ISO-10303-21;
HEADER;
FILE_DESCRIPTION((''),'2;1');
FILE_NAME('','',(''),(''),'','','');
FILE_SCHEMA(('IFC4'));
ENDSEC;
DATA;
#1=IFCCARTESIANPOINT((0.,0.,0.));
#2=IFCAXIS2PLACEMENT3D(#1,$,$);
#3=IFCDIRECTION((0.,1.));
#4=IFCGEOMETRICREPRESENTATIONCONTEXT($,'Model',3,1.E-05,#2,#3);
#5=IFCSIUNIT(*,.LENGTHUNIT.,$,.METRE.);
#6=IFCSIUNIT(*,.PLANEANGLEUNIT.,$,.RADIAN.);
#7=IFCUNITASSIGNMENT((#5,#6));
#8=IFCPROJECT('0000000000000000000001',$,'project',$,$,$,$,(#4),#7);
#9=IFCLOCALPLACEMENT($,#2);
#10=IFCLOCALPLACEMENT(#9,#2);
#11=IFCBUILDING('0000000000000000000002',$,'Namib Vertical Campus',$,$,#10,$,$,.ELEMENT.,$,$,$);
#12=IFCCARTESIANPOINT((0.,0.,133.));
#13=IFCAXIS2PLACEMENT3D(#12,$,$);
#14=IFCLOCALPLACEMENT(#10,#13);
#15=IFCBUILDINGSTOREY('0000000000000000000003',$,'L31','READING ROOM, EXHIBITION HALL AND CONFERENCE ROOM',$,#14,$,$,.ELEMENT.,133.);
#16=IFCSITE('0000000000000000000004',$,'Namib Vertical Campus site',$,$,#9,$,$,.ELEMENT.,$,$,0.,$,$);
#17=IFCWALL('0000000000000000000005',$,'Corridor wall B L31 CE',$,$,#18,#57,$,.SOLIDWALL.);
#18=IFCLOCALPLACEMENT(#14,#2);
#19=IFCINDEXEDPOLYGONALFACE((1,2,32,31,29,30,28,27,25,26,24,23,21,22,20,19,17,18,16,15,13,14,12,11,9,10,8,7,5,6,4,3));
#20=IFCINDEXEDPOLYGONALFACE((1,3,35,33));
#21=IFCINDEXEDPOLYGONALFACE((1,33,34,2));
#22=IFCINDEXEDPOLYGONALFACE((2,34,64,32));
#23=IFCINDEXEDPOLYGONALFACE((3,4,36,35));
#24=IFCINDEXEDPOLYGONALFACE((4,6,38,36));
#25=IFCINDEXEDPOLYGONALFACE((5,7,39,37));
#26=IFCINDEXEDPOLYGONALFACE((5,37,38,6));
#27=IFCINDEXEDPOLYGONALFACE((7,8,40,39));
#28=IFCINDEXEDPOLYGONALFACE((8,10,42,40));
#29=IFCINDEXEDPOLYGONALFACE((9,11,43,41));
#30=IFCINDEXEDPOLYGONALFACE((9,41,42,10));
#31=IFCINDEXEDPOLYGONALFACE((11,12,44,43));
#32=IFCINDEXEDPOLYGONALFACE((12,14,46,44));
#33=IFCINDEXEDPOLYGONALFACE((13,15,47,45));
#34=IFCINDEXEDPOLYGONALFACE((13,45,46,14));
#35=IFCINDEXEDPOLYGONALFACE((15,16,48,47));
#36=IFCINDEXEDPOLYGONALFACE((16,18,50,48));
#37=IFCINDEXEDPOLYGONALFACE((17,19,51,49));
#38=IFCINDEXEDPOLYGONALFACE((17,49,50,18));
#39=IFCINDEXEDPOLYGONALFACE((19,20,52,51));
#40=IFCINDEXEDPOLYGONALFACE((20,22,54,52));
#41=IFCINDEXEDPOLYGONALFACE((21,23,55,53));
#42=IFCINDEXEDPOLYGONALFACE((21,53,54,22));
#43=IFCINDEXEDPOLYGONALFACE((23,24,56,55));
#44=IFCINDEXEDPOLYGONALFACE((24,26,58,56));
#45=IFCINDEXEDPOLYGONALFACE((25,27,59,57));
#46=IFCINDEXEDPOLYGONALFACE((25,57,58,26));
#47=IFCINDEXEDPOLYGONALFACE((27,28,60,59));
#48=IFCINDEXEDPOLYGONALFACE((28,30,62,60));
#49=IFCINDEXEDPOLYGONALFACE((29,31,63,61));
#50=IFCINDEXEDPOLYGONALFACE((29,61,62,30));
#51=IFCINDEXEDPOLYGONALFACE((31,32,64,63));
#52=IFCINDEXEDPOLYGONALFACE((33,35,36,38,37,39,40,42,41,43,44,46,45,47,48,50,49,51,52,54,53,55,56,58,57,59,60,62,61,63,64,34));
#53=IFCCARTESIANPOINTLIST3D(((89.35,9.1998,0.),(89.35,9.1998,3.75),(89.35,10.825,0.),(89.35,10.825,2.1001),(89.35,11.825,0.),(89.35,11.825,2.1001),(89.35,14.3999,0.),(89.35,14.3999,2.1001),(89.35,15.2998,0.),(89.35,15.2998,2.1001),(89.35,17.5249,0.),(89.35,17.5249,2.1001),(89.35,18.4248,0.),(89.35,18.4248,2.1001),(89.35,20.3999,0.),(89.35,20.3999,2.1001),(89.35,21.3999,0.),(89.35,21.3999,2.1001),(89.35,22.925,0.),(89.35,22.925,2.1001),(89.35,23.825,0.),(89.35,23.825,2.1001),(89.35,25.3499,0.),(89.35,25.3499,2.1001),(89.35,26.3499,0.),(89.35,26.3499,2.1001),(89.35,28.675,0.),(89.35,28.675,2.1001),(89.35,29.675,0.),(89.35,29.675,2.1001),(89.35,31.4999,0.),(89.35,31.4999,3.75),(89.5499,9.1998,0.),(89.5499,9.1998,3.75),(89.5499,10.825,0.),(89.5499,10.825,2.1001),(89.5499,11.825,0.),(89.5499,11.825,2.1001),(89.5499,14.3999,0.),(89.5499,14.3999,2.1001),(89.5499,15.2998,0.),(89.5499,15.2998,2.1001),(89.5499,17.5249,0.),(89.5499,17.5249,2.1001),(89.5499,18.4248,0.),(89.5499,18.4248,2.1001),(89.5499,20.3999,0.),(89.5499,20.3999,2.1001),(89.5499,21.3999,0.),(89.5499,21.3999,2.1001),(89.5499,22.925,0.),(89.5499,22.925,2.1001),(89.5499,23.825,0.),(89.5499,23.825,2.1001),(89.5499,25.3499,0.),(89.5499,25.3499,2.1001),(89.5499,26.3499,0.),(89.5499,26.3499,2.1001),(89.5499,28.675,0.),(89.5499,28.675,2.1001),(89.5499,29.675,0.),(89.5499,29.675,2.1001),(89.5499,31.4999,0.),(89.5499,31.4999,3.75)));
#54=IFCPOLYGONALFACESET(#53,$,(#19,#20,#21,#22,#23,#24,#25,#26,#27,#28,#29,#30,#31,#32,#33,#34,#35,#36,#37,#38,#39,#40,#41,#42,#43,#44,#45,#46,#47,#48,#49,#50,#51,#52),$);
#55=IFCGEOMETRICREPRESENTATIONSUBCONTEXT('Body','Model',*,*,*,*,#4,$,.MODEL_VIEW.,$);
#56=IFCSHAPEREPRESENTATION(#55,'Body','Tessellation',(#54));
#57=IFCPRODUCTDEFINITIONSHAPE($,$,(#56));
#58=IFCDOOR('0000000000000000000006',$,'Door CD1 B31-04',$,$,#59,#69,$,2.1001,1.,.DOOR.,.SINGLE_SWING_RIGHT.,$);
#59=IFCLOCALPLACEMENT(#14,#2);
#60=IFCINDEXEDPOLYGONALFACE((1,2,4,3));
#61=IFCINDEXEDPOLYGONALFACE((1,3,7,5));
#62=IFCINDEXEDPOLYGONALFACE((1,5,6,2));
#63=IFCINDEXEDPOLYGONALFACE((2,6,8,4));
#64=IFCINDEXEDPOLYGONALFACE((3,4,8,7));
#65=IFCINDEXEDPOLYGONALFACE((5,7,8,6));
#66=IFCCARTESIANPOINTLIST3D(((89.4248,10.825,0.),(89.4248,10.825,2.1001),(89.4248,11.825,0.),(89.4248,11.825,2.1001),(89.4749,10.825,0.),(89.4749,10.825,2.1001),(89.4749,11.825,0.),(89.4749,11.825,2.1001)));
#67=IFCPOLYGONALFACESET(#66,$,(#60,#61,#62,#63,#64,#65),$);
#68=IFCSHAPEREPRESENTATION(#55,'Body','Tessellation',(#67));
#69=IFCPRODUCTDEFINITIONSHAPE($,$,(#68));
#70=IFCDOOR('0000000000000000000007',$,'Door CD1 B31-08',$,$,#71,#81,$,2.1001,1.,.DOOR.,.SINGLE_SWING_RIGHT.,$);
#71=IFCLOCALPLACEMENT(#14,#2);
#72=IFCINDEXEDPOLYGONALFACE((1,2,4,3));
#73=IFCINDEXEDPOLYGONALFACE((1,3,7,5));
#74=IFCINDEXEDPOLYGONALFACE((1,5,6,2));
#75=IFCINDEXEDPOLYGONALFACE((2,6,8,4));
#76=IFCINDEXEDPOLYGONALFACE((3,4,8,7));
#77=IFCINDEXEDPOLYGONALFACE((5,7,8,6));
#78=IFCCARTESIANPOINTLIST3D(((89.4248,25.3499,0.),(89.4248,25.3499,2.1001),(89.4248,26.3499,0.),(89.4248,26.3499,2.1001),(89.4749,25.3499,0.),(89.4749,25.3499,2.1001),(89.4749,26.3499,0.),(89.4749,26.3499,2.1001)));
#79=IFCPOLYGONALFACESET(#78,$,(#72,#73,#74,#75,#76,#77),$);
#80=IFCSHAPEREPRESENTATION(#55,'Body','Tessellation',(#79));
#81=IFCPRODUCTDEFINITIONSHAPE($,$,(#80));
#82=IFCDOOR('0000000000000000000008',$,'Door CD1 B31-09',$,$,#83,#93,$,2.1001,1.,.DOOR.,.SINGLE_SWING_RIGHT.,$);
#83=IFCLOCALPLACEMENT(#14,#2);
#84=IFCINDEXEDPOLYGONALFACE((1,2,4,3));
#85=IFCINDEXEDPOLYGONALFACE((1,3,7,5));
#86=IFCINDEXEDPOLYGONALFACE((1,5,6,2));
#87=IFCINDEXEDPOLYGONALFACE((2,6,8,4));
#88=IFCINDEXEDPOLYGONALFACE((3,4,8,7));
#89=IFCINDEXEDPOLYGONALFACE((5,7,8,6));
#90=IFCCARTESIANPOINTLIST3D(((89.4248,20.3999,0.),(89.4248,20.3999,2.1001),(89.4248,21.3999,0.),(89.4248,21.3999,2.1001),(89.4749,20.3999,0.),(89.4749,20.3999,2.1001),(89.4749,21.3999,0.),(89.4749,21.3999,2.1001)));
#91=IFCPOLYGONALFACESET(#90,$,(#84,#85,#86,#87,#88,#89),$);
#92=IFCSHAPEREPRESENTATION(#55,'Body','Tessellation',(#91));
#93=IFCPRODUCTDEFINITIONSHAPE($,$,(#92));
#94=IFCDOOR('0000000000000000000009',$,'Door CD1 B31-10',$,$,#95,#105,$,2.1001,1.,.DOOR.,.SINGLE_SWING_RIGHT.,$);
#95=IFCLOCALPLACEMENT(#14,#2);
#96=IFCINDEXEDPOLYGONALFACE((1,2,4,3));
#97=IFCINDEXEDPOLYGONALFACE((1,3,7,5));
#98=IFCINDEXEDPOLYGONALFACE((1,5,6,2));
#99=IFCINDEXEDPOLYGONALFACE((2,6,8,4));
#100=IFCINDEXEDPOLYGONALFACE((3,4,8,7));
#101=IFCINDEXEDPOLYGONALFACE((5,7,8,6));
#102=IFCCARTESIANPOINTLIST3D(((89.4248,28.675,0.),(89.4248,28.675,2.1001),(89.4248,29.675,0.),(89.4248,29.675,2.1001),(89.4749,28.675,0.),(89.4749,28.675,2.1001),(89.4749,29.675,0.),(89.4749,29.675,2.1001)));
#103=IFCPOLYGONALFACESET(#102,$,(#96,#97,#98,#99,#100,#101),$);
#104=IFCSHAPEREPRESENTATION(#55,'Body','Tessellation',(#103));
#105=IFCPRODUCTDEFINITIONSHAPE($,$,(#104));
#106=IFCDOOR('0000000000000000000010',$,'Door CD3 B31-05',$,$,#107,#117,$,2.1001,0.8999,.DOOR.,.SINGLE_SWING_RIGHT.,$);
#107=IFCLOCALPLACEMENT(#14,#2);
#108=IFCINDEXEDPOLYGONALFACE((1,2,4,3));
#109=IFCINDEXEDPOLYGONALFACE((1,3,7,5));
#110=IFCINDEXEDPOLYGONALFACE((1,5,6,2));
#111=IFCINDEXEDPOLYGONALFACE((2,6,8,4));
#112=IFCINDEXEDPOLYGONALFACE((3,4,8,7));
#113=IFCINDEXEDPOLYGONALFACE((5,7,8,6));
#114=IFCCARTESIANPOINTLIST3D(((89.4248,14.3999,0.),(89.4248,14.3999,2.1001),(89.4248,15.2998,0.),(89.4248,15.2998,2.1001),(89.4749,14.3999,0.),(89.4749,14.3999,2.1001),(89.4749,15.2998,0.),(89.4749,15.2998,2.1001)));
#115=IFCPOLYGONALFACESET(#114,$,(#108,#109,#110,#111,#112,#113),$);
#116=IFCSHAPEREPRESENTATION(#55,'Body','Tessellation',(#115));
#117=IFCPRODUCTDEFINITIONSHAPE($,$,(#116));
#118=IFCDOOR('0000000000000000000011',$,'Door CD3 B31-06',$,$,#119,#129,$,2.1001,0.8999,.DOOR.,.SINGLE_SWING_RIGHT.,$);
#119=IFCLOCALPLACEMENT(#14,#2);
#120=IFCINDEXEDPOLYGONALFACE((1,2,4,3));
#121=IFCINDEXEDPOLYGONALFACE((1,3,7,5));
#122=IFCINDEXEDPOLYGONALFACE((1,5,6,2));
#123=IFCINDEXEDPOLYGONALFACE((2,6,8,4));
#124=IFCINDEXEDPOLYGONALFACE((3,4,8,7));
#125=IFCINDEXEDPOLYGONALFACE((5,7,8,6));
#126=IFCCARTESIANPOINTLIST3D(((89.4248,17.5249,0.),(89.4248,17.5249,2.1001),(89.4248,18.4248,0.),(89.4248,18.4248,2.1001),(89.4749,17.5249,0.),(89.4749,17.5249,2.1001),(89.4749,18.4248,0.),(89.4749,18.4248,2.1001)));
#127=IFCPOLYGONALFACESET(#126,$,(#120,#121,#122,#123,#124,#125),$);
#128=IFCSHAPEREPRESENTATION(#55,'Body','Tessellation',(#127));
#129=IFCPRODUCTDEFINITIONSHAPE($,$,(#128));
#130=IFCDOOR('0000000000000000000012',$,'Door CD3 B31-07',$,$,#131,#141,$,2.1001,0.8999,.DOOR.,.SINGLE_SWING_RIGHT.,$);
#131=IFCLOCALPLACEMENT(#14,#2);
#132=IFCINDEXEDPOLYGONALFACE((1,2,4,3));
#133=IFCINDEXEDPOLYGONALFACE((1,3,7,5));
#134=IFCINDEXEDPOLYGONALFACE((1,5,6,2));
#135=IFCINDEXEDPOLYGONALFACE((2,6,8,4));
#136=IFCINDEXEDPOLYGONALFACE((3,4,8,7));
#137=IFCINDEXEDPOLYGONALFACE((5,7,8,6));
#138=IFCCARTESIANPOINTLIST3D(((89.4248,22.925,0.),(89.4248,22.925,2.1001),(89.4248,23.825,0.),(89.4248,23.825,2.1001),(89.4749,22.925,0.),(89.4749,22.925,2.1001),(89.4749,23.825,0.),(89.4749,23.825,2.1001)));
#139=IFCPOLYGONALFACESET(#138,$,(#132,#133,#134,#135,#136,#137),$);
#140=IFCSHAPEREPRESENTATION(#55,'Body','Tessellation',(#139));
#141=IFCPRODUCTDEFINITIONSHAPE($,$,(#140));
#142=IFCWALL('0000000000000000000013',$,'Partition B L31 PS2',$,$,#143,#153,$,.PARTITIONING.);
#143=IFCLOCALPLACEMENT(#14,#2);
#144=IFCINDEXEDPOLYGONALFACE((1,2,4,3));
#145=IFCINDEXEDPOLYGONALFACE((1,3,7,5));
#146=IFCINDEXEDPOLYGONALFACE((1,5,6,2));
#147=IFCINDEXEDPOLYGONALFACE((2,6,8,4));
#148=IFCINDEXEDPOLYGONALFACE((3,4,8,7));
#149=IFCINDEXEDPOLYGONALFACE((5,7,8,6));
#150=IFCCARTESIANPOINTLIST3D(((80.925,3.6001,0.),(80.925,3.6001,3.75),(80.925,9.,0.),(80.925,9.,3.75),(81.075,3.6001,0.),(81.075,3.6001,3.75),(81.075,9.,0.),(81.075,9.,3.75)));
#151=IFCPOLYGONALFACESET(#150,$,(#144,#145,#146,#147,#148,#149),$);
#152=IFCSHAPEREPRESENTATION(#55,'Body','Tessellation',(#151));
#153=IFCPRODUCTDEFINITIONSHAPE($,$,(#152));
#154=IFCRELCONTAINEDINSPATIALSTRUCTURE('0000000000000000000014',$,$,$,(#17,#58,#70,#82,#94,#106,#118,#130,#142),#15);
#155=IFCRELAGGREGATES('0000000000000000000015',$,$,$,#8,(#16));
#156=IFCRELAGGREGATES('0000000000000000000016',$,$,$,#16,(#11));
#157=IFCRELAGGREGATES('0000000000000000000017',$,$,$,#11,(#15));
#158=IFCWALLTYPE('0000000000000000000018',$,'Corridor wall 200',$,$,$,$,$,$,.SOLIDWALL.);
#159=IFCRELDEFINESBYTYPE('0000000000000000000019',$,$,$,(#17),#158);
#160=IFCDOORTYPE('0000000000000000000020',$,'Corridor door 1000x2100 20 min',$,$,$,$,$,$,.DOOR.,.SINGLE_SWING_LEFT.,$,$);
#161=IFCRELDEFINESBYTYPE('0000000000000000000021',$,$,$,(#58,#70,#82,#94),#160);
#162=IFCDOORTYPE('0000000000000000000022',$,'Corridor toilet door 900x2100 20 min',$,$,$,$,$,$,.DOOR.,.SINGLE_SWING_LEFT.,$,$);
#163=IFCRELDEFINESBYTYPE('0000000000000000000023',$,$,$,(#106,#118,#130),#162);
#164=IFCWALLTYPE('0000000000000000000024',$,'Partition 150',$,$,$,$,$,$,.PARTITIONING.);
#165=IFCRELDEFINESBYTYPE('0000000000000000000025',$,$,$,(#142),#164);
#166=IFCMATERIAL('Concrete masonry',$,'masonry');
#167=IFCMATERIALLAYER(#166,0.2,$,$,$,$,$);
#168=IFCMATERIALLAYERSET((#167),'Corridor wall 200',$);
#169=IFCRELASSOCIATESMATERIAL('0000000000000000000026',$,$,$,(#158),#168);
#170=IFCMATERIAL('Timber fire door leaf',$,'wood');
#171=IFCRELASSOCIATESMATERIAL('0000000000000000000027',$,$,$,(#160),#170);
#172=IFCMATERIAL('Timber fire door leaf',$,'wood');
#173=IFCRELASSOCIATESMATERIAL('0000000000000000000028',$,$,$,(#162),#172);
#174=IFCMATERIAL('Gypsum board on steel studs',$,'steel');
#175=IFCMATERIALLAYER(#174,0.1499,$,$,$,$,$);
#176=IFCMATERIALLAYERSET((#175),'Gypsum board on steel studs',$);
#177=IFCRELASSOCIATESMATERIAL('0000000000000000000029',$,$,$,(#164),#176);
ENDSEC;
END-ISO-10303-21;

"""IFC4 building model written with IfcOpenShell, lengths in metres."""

from ifc_helpers import new_model, si_unit, direction, frame, frame_2d, origin, place, context, subcontext, project, spatial, rectangle, extrude, material, layer, layer_set, type_object, element, fill, save


model = new_model("IFC4")

# Units and contexts
model_context = context("Model", 3, precision=1e-05, world=origin(), true_north=direction((0.0, 1.0)))
body_context = subcontext(model_context, "Body", "Model", "MODEL_VIEW")
ifc_project = project(units=[si_unit("LENGTHUNIT", "METRE"), si_unit("PLANEANGLEUNIT", "RADIAN")], contexts=[model_context])

# Site, building, storey
site_placement = place(None, origin())
site = spatial("IfcSite", under=ifc_project, at=site_placement, Name="Namib Vertical Campus site", CompositionType="ELEMENT", RefElevation=0.0)
building_placement = place(site_placement, origin())
building = spatial("IfcBuilding", under=site, at=building_placement, Name="Namib Vertical Campus", CompositionType="ELEMENT")
storey_placement = place(building_placement, frame((0.0, 0.0, 133.0)))
storey = spatial("IfcBuildingStorey", under=building, at=storey_placement, Name="L31", Description="READING ROOM, EXHIBITION HALL AND CONFERENCE ROOM", CompositionType="ELEMENT", Elevation=133.0)

# Wall, openings, doors
ifc_material_1 = material(Name="Concrete masonry", Category="masonry")
ifc_layer_1 = layer(ifc_material_1, 0.2)
ifc_layer_set_1 = layer_set([ifc_layer_1], Name="Corridor wall 200")
wall_type_1 = type_object("IfcWallType", Name="Corridor wall 200", PredefinedType="SOLIDWALL", material=ifc_layer_set_1)
wall_1_placement = place(storey_placement, frame((89.45, 9.2, 0.0), z_axis=(0.0, 0.0, 1.0), x_axis=(0.0, 1.0, 0.0)))
wall_1 = element("IfcWall", 1, at=wall_1_placement, inside=storey, type_object=wall_type_1, Name="Corridor wall B L31 CE", PredefinedType="SOLIDWALL", context=body_context, shape_type="SweptSolid", body=[
    extrude(rectangle(XDim=22.3, YDim=0.2, at=frame_2d((11.1499, 0.0))), origin(), (0.0, 0.0, 1.0), 3.75),
])
opening_1_placement = place(wall_1_placement, frame((1.625, 0.0, 0.0)))
opening_1 = element("IfcOpeningElement", 2, at=opening_1_placement, cuts=wall_1, PredefinedType="OPENING", context=body_context, shape_type="SweptSolid", body=[
    extrude(rectangle(XDim=1.0, YDim=2.1001, at=frame_2d((0.5, 1.05))), frame((0.0, 0.1099, 0.0), z_axis=(0.0, -1.0, 0.0), x_axis=(1.0, 0.0, 0.0)), (0.0, 0.0, 1.0), 0.22),
])
opening_2_placement = place(wall_1_placement, frame((5.2, 0.0, 0.0)))
opening_2 = element("IfcOpeningElement", 3, at=opening_2_placement, cuts=wall_1, PredefinedType="OPENING", context=body_context, shape_type="SweptSolid", body=[
    extrude(rectangle(XDim=0.8999, YDim=2.1001, at=frame_2d((0.45, 1.05))), frame((0.0, 0.1099, 0.0), z_axis=(0.0, -1.0, 0.0), x_axis=(1.0, 0.0, 0.0)), (0.0, 0.0, 1.0), 0.22),
])
opening_3_placement = place(wall_1_placement, frame((8.325, 0.0, 0.0)))
opening_3 = element("IfcOpeningElement", 4, at=opening_3_placement, cuts=wall_1, PredefinedType="OPENING", context=body_context, shape_type="SweptSolid", body=[
    extrude(rectangle(XDim=0.8999, YDim=2.1001, at=frame_2d((0.45, 1.05))), frame((0.0, 0.1099, 0.0), z_axis=(0.0, -1.0, 0.0), x_axis=(1.0, 0.0, 0.0)), (0.0, 0.0, 1.0), 0.22),
])
opening_4_placement = place(wall_1_placement, frame((13.7251, 0.0, 0.0)))
opening_4 = element("IfcOpeningElement", 5, at=opening_4_placement, cuts=wall_1, PredefinedType="OPENING", context=body_context, shape_type="SweptSolid", body=[
    extrude(rectangle(XDim=0.8999, YDim=2.1001, at=frame_2d((0.45, 1.05))), frame((0.0, 0.1099, 0.0), z_axis=(0.0, -1.0, 0.0), x_axis=(1.0, 0.0, 0.0)), (0.0, 0.0, 1.0), 0.22),
])
opening_5_placement = place(wall_1_placement, frame((16.1499, 0.0, 0.0)))
opening_5 = element("IfcOpeningElement", 6, at=opening_5_placement, cuts=wall_1, PredefinedType="OPENING", context=body_context, shape_type="SweptSolid", body=[
    extrude(rectangle(XDim=1.0, YDim=2.1001, at=frame_2d((0.5, 1.05))), frame((0.0, 0.1099, 0.0), z_axis=(0.0, -1.0, 0.0), x_axis=(1.0, 0.0, 0.0)), (0.0, 0.0, 1.0), 0.22),
])
opening_6_placement = place(wall_1_placement, frame((11.2, 0.0, 0.0)))
opening_6 = element("IfcOpeningElement", 7, at=opening_6_placement, cuts=wall_1, PredefinedType="OPENING", context=body_context, shape_type="SweptSolid", body=[
    extrude(rectangle(XDim=1.0, YDim=2.1001, at=frame_2d((0.5, 1.05))), frame((0.0, 0.1099, 0.0), z_axis=(0.0, -1.0, 0.0), x_axis=(1.0, 0.0, 0.0)), (0.0, 0.0, 1.0), 0.22),
])
opening_7_placement = place(wall_1_placement, frame((19.4751, 0.0, 0.0)))
opening_7 = element("IfcOpeningElement", 8, at=opening_7_placement, cuts=wall_1, PredefinedType="OPENING", context=body_context, shape_type="SweptSolid", body=[
    extrude(rectangle(XDim=1.0, YDim=2.1001, at=frame_2d((0.5, 1.05))), frame((0.0, 0.1099, 0.0), z_axis=(0.0, -1.0, 0.0), x_axis=(1.0, 0.0, 0.0)), (0.0, 0.0, 1.0), 0.22),
])
ifc_material_2 = material(Name="Timber fire door leaf", Category="wood")
door_type_1 = type_object("IfcDoorType", Name="Corridor door 1000x2100 20 min", OperationType="SINGLE_SWING_LEFT", PredefinedType="DOOR", material=ifc_material_2)
door_1_placement = place(opening_1_placement, frame((1.0, 0.0, 0.0), z_axis=(0.0, 0.0, 1.0), x_axis=(-1.0, 0.0, 0.0)))
door_1 = element("IfcDoor", 9, at=door_1_placement, inside=storey, type_object=door_type_1, Name="Door CD1 B31-04", OperationType="SINGLE_SWING_RIGHT", OverallHeight=2.1001, OverallWidth=1.0, PredefinedType="DOOR", context=body_context, shape_type="SweptSolid", body=[
    extrude(rectangle(XDim=1.0, YDim=2.1001, at=frame_2d((0.5, 1.05))), frame((0.0, 0.0249, 0.0), z_axis=(0.0, -1.0, 0.0), x_axis=(1.0, 0.0, 0.0)), (0.0, 0.0, 1.0), 0.05),
])
fill(opening_1, door_1)
door_2_placement = place(opening_5_placement, frame((1.0, 0.0, 0.0), z_axis=(0.0, 0.0, 1.0), x_axis=(-1.0, 0.0, 0.0)))
door_2 = element("IfcDoor", 10, at=door_2_placement, inside=storey, type_object=door_type_1, Name="Door CD1 B31-08", OperationType="SINGLE_SWING_RIGHT", OverallHeight=2.1001, OverallWidth=1.0, PredefinedType="DOOR", context=body_context, shape_type="SweptSolid", body=[
    extrude(rectangle(XDim=1.0, YDim=2.1001, at=frame_2d((0.5, 1.05))), frame((0.0, 0.0249, 0.0), z_axis=(0.0, -1.0, 0.0), x_axis=(1.0, 0.0, 0.0)), (0.0, 0.0, 1.0), 0.05),
])
fill(opening_5, door_2)
door_3_placement = place(opening_6_placement, frame((1.0, 0.0, 0.0), z_axis=(0.0, 0.0, 1.0), x_axis=(-1.0, 0.0, 0.0)))
door_3 = element("IfcDoor", 11, at=door_3_placement, inside=storey, type_object=door_type_1, Name="Door CD1 B31-09", OperationType="SINGLE_SWING_RIGHT", OverallHeight=2.1001, OverallWidth=1.0, PredefinedType="DOOR", context=body_context, shape_type="SweptSolid", body=[
    extrude(rectangle(XDim=1.0, YDim=2.1001, at=frame_2d((0.5, 1.05))), frame((0.0, 0.0249, 0.0), z_axis=(0.0, -1.0, 0.0), x_axis=(1.0, 0.0, 0.0)), (0.0, 0.0, 1.0), 0.05),
])
fill(opening_6, door_3)
door_4_placement = place(opening_7_placement, frame((1.0, 0.0, 0.0), z_axis=(0.0, 0.0, 1.0), x_axis=(-1.0, 0.0, 0.0)))
door_4 = element("IfcDoor", 12, at=door_4_placement, inside=storey, type_object=door_type_1, Name="Door CD1 B31-10", OperationType="SINGLE_SWING_RIGHT", OverallHeight=2.1001, OverallWidth=1.0, PredefinedType="DOOR", context=body_context, shape_type="SweptSolid", body=[
    extrude(rectangle(XDim=1.0, YDim=2.1001, at=frame_2d((0.5, 1.05))), frame((0.0, 0.0249, 0.0), z_axis=(0.0, -1.0, 0.0), x_axis=(1.0, 0.0, 0.0)), (0.0, 0.0, 1.0), 0.05),
])
fill(opening_7, door_4)
ifc_material_3 = material(Name="Timber fire door leaf", Category="wood")
door_type_2 = type_object("IfcDoorType", Name="Corridor toilet door 900x2100 20 min", OperationType="SINGLE_SWING_LEFT", PredefinedType="DOOR", material=ifc_material_3)
door_5_placement = place(opening_2_placement, frame((0.8999, 0.0, 0.0), z_axis=(0.0, 0.0, 1.0), x_axis=(-1.0, 0.0, 0.0)))
door_5 = element("IfcDoor", 13, at=door_5_placement, inside=storey, type_object=door_type_2, Name="Door CD3 B31-05", OperationType="SINGLE_SWING_RIGHT", OverallHeight=2.1001, OverallWidth=0.8999, PredefinedType="DOOR", context=body_context, shape_type="SweptSolid", body=[
    extrude(rectangle(XDim=0.8999, YDim=2.1001, at=frame_2d((0.45, 1.05))), frame((0.0, 0.0249, 0.0), z_axis=(0.0, -1.0, 0.0), x_axis=(1.0, 0.0, 0.0)), (0.0, 0.0, 1.0), 0.05),
])
fill(opening_2, door_5)
door_6_placement = place(opening_3_placement, frame((0.8999, 0.0, 0.0), z_axis=(0.0, 0.0, 1.0), x_axis=(-1.0, 0.0, 0.0)))
door_6 = element("IfcDoor", 14, at=door_6_placement, inside=storey, type_object=door_type_2, Name="Door CD3 B31-06", OperationType="SINGLE_SWING_RIGHT", OverallHeight=2.1001, OverallWidth=0.8999, PredefinedType="DOOR", context=body_context, shape_type="SweptSolid", body=[
    extrude(rectangle(XDim=0.8999, YDim=2.1001, at=frame_2d((0.45, 1.05))), frame((0.0, 0.0249, 0.0), z_axis=(0.0, -1.0, 0.0), x_axis=(1.0, 0.0, 0.0)), (0.0, 0.0, 1.0), 0.05),
])
fill(opening_3, door_6)
door_7_placement = place(opening_4_placement, frame((0.8999, 0.0, 0.0), z_axis=(0.0, 0.0, 1.0), x_axis=(-1.0, 0.0, 0.0)))
door_7 = element("IfcDoor", 15, at=door_7_placement, inside=storey, type_object=door_type_2, Name="Door CD3 B31-07", OperationType="SINGLE_SWING_RIGHT", OverallHeight=2.1001, OverallWidth=0.8999, PredefinedType="DOOR", context=body_context, shape_type="SweptSolid", body=[
    extrude(rectangle(XDim=0.8999, YDim=2.1001, at=frame_2d((0.45, 1.05))), frame((0.0, 0.0249, 0.0), z_axis=(0.0, -1.0, 0.0), x_axis=(1.0, 0.0, 0.0)), (0.0, 0.0, 1.0), 0.05),
])
fill(opening_4, door_7)

# Wall
ifc_material_4 = material(Name="Gypsum board on steel studs", Category="steel")
ifc_layer_2 = layer(ifc_material_4, 0.1499)
ifc_layer_set_2 = layer_set([ifc_layer_2], Name="Gypsum board on steel studs")
wall_type_2 = type_object("IfcWallType", Name="Partition 150", PredefinedType="PARTITIONING", material=ifc_layer_set_2)
wall_2_placement = place(storey_placement, frame((81.0, 3.6001, 0.0), z_axis=(0.0, 0.0, 1.0), x_axis=(0.0, 1.0, 0.0)))
element("IfcWall", 16, at=wall_2_placement, inside=storey, type_object=wall_type_2, Name="Partition B L31 PS2", PredefinedType="PARTITIONING", context=body_context, shape_type="SweptSolid", body=[
    extrude(rectangle(XDim=5.3999, YDim=0.1499, at=frame_2d((2.7, 0.0))), origin(), (0.0, 0.0, 1.0), 3.75),
])

save(model, "model.ifc")
